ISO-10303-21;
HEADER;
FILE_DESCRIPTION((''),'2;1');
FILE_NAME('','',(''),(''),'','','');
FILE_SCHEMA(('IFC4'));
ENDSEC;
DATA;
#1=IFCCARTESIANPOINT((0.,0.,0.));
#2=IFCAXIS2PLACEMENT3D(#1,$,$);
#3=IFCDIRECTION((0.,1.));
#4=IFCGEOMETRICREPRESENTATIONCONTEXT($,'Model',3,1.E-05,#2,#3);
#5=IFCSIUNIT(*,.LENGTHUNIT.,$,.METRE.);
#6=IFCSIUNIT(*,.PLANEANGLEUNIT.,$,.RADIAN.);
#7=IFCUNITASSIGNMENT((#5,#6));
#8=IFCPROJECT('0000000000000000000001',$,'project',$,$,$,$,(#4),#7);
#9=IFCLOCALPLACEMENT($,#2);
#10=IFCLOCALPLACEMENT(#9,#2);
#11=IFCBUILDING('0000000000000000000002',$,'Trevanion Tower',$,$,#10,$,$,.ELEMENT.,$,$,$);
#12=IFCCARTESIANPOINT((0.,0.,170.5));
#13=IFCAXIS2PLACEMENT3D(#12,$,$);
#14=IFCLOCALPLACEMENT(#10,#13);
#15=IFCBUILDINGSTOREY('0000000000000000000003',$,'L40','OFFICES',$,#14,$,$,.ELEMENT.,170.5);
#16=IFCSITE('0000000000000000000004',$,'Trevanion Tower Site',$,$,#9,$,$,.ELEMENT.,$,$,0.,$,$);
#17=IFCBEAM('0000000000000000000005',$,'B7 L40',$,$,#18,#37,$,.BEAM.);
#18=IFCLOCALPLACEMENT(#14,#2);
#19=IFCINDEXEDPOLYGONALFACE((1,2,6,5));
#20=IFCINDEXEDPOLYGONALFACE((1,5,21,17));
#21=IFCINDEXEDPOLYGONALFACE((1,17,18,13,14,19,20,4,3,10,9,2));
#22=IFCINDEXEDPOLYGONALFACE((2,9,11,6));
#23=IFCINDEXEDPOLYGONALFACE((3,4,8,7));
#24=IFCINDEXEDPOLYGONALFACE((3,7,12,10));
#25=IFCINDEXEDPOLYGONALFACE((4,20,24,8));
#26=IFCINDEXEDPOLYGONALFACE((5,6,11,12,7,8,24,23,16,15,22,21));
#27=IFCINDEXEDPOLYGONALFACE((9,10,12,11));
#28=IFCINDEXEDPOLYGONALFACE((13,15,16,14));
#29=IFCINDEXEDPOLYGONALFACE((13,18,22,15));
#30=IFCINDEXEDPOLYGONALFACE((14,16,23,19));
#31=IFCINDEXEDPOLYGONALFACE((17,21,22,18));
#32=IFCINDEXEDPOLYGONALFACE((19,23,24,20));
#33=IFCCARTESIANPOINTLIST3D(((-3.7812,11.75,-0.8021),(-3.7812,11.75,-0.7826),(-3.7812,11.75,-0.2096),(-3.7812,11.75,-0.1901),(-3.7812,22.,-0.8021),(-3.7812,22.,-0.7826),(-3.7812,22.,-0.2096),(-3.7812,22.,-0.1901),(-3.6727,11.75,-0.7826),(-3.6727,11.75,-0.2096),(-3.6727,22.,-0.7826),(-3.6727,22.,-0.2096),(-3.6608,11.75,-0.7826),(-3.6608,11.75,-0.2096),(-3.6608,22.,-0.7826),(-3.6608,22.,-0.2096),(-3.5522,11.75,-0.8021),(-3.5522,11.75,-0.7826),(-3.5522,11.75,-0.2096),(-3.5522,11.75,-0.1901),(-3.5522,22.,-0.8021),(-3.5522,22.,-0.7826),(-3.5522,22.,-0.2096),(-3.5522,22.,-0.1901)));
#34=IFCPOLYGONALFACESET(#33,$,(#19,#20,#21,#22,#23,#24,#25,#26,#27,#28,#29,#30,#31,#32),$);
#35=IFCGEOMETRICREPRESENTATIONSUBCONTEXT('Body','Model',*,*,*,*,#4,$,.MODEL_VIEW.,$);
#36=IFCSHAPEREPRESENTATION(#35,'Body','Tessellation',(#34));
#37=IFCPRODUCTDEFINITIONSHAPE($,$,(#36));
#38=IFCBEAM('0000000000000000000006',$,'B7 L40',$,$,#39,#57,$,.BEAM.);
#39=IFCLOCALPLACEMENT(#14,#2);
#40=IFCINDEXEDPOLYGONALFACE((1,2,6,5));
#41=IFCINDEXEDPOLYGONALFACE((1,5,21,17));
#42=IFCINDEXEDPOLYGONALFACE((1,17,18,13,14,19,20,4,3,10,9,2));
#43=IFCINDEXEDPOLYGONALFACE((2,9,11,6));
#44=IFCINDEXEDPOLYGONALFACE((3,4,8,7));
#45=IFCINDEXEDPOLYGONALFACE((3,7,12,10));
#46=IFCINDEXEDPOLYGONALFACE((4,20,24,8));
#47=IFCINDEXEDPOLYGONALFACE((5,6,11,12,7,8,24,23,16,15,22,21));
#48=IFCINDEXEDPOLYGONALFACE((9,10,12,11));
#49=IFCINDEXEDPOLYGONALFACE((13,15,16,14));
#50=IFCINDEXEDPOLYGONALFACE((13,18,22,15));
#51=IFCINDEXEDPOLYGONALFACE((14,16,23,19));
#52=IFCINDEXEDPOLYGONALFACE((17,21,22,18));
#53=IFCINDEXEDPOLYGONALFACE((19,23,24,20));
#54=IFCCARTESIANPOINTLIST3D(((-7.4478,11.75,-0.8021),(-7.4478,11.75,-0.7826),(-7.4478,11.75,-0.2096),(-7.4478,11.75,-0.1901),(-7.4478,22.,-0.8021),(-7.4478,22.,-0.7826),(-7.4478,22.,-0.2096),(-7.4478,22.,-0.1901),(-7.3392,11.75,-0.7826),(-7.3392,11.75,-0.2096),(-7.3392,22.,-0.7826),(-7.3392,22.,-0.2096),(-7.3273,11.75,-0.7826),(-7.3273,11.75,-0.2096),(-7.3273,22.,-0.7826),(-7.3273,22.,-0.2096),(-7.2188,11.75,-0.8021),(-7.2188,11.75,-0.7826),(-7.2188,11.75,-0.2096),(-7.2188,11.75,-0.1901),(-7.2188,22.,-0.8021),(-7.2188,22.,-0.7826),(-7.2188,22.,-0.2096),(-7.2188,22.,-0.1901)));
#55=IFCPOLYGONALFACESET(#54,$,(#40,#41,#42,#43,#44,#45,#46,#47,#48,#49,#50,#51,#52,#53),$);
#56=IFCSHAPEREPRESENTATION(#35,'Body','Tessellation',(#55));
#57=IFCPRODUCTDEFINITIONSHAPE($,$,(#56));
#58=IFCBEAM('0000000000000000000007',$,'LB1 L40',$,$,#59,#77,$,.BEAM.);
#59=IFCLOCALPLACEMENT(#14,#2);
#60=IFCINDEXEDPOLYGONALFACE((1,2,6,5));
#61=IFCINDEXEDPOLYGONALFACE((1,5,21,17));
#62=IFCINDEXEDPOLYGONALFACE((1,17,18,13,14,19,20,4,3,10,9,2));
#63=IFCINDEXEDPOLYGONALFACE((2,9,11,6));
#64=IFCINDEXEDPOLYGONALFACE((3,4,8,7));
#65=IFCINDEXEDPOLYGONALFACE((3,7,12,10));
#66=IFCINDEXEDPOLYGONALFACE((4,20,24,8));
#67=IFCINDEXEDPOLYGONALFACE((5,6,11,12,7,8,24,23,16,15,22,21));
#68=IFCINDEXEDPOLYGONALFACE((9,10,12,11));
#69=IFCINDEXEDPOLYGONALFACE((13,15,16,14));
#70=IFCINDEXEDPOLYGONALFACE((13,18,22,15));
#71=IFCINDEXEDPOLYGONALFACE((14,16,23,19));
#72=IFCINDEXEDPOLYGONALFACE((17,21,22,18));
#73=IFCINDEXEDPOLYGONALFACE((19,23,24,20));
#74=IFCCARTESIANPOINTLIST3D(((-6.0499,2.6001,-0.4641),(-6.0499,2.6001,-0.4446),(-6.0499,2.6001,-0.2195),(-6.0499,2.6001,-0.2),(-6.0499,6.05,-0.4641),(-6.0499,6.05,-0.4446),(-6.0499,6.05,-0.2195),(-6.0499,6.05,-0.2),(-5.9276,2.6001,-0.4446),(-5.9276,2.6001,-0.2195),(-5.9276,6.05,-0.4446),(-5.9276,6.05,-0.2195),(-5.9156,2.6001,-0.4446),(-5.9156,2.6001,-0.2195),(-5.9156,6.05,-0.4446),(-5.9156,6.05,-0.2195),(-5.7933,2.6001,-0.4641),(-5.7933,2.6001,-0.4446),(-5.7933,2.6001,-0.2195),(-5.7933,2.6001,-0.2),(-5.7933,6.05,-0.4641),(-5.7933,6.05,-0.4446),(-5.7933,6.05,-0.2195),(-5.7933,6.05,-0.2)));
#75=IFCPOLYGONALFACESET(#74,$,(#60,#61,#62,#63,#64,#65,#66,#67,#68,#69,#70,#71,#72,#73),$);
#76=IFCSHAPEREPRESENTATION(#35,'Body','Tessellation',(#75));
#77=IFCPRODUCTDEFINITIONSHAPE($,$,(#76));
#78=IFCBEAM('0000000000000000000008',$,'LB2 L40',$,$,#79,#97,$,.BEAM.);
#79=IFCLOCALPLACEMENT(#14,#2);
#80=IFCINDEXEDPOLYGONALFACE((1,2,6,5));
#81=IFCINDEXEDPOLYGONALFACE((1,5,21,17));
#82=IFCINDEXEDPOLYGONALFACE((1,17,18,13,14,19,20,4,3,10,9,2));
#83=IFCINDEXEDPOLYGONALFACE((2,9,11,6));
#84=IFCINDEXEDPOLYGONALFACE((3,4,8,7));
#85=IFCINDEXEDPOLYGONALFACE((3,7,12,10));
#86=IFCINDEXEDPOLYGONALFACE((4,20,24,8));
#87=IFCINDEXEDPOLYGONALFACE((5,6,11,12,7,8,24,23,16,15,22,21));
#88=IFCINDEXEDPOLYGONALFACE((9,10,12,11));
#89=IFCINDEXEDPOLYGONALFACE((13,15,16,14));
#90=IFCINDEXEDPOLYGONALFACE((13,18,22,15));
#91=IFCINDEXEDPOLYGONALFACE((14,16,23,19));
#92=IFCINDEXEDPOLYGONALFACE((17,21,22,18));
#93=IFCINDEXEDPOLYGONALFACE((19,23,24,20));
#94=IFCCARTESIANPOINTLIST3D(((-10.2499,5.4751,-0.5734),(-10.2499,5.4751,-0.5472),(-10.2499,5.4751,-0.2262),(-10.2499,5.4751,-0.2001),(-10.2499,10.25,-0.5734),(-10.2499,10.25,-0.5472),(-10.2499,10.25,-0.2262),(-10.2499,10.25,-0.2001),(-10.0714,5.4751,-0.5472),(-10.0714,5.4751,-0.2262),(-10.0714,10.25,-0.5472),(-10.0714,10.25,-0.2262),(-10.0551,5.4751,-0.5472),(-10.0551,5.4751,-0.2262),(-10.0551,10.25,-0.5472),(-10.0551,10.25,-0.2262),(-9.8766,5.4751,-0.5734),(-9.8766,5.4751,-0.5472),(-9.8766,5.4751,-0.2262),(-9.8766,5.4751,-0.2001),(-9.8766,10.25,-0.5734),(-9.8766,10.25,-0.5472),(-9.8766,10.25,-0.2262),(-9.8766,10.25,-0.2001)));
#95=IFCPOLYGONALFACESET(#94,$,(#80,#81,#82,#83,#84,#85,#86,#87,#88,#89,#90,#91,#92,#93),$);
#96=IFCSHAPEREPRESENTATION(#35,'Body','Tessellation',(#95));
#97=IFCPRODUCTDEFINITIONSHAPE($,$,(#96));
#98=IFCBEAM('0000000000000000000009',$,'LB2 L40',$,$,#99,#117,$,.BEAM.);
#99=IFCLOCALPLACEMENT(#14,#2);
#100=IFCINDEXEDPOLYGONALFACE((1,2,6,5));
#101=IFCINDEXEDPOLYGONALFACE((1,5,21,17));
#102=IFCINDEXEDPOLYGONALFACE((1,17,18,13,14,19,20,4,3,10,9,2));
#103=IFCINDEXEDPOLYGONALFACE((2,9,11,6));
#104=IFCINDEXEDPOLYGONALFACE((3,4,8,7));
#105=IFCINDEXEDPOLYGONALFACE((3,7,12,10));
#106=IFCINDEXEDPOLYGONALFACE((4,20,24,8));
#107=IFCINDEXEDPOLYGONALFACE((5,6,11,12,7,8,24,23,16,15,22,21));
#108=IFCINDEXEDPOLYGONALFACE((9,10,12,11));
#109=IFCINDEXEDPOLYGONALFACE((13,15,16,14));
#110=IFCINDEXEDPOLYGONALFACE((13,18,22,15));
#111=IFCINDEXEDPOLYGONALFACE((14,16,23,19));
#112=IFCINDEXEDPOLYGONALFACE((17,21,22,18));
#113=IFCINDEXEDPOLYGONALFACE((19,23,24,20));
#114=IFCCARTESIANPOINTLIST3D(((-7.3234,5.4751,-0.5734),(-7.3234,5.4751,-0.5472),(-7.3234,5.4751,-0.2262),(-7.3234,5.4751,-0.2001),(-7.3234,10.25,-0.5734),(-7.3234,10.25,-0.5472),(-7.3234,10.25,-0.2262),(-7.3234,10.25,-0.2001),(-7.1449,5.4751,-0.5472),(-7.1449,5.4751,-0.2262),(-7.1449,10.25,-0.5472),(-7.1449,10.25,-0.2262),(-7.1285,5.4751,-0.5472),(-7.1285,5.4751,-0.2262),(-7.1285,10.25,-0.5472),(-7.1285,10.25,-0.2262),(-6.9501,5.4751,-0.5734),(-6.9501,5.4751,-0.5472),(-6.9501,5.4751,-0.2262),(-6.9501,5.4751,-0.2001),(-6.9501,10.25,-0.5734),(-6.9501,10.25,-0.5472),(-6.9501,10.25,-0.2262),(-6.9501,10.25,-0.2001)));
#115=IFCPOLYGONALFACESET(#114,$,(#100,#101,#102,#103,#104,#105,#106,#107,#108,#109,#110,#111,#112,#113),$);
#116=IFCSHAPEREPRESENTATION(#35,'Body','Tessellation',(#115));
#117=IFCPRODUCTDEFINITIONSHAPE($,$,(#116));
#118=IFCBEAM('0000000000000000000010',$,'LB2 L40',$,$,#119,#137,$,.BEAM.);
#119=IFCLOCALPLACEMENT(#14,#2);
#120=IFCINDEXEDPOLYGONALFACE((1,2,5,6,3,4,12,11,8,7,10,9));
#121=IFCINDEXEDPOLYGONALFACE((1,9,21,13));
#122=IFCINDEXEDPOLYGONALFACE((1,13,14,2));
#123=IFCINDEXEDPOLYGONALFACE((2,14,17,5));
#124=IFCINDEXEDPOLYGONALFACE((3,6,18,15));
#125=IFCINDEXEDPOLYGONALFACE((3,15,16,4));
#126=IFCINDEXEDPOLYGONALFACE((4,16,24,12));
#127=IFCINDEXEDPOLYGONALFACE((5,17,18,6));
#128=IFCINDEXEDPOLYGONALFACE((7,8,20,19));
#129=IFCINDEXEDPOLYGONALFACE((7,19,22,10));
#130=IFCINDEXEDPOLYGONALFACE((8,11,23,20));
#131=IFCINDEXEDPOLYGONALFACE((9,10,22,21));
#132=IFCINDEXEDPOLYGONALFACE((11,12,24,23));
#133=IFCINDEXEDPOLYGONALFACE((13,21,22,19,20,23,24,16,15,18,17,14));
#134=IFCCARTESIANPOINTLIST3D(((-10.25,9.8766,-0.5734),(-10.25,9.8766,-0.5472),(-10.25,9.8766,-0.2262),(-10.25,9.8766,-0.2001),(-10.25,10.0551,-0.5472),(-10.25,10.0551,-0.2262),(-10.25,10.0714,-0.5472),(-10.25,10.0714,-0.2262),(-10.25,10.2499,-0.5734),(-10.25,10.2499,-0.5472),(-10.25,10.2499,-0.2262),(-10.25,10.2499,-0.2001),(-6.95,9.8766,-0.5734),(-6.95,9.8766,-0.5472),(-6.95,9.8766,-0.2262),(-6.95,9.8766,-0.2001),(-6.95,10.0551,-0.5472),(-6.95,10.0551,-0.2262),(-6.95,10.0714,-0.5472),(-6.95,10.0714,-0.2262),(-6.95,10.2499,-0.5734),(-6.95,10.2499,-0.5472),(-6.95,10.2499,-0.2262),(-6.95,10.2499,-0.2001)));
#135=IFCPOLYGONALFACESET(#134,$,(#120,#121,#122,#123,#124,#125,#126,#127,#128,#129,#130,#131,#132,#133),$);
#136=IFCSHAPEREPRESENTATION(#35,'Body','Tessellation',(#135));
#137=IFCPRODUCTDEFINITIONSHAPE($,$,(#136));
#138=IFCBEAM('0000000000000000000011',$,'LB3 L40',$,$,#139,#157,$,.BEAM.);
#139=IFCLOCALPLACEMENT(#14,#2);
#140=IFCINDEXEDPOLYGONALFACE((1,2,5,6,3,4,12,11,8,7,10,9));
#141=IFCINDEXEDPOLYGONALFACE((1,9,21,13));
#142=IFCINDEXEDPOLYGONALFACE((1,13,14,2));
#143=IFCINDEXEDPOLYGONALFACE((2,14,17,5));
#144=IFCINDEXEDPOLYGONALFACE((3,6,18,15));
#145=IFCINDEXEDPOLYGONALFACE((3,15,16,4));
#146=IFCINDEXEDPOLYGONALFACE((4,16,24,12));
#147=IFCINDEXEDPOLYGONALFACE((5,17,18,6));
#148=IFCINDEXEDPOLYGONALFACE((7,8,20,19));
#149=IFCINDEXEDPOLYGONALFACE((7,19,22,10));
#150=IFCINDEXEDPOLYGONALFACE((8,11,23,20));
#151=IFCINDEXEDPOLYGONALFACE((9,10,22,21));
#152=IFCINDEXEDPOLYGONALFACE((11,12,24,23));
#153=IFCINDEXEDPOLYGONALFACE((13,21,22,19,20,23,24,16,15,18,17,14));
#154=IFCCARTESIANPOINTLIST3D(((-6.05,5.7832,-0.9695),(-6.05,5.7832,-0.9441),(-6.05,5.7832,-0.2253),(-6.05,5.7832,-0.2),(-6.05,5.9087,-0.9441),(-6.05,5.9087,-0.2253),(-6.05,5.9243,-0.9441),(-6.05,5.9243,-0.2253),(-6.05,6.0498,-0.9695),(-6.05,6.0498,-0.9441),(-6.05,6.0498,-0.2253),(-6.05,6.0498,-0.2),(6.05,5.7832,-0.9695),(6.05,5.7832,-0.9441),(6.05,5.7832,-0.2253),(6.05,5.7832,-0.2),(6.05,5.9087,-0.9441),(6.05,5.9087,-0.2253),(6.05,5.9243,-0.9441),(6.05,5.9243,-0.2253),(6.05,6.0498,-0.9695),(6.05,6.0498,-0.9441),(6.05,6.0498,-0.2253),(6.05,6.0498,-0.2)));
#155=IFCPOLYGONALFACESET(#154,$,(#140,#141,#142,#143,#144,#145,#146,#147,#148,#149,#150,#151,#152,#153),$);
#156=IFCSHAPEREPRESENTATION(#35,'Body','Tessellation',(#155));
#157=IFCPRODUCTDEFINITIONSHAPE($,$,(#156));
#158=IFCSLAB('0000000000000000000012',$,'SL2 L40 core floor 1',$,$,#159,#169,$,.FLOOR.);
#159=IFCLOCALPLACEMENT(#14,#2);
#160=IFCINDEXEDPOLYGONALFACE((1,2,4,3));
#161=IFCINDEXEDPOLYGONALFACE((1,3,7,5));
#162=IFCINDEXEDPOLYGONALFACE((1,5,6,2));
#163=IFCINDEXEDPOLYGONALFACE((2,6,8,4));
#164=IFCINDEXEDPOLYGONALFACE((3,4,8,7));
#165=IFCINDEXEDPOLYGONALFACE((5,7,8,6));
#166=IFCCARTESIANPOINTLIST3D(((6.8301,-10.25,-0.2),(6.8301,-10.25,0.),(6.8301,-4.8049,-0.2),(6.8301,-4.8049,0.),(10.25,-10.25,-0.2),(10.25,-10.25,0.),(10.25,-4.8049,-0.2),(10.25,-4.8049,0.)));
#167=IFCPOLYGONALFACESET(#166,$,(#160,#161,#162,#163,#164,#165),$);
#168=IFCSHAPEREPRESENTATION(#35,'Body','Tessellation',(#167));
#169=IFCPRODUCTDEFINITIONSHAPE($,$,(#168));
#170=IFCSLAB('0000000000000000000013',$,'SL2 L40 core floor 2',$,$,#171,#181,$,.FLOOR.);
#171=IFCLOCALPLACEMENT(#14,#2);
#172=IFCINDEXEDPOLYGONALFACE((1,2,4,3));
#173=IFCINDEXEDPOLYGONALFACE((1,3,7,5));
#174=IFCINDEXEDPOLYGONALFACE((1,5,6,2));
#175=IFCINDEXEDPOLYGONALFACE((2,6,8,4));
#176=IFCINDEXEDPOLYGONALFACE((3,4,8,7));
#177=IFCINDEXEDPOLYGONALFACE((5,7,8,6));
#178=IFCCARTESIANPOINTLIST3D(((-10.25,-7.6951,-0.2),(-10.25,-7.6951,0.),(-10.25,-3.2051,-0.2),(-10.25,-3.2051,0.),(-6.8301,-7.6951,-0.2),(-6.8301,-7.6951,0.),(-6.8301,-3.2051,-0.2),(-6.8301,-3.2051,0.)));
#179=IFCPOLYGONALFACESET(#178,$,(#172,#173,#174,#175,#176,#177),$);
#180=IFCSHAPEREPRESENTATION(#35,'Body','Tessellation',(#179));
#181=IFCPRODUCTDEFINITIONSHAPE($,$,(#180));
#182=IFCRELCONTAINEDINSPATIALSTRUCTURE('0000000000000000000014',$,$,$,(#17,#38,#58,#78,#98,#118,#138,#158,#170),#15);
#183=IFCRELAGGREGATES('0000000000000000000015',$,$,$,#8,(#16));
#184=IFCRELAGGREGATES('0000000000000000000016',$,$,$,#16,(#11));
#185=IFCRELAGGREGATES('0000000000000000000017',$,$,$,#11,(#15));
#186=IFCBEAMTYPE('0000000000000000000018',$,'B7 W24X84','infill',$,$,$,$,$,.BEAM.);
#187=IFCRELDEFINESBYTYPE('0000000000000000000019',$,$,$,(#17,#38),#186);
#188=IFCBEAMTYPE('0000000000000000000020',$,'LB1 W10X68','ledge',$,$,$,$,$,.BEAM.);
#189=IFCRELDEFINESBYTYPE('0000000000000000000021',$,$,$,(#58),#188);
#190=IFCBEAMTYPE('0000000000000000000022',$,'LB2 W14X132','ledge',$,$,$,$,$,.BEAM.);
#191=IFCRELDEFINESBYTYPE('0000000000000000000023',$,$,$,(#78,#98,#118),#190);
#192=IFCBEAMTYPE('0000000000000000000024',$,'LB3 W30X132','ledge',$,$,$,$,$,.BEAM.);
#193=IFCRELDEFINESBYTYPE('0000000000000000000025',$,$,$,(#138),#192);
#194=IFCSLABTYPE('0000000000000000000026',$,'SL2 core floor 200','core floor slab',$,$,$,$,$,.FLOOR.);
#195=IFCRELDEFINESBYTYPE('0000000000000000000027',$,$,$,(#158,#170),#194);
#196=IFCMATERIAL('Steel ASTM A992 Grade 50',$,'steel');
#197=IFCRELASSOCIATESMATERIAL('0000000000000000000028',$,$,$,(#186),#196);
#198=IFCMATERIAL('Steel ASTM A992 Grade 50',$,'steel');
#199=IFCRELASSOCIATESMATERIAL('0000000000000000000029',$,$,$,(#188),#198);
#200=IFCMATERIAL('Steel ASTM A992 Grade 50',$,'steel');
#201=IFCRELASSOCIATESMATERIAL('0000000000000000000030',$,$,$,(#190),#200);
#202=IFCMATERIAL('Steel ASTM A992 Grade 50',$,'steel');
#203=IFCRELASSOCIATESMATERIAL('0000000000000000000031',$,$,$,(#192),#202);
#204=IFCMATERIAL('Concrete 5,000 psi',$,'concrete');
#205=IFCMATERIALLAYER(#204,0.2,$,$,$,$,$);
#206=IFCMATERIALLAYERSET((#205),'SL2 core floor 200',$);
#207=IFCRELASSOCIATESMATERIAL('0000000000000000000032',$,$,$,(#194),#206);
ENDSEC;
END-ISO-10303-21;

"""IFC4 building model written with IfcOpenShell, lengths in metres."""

from ifc_helpers import new_model, si_unit, direction, frame, origin, origin_2d, place, context, subcontext, project, spatial, polyline, i_section, outline, extrude, material, layer, layer_set, material_profile, profile_set, type_object, element, save


model = new_model("IFC4")

# Units and contexts
model_context = context("Model", 3, precision=1e-05, world=origin(), true_north=direction((0.0, 1.0)))
body_context = subcontext(model_context, "Body", "Model", "MODEL_VIEW")
ifc_project = project(units=[si_unit("LENGTHUNIT", "METRE"), si_unit("PLANEANGLEUNIT", "RADIAN")], contexts=[model_context])

# Site, building, storey
site_placement = place(None, origin())
site = spatial("IfcSite", under=ifc_project, at=site_placement, Name="Trevanion Tower Site", CompositionType="ELEMENT", RefElevation=0.0)
building_placement = place(site_placement, origin())
building = spatial("IfcBuilding", under=site, at=building_placement, Name="Trevanion Tower", CompositionType="ELEMENT")
storey_placement = place(building_placement, frame((0.0, 0.0, 170.5)))
storey = spatial("IfcBuildingStorey", under=building, at=storey_placement, Name="L40", Description="OFFICES", CompositionType="ELEMENT", Elevation=170.5)

# Beams
ifc_material_1 = material(Name="Steel ASTM A992 Grade 50", Category="steel")
ifc_material_profile_1 = material_profile(ifc_material_1, i_section(OverallWidth=0.229, OverallDepth=0.6121, WebThickness=0.012, FlangeThickness=0.0195, at=origin_2d()), Name="W24X84")
ifc_profile_set_1 = profile_set([ifc_material_profile_1], Name="Steel ASTM A992 Grade 50")
beam_type_1 = type_object("IfcBeamType", Name="B7 W24X84", Description="infill", PredefinedType="BEAM", material=ifc_profile_set_1)
for number, where, z_axis, x_axis, name in (
    (1, (-3.6667, 11.75, -0.4961), (0.0, 1.0, 0.0), (-1.0, 0.0, 0.0), "B7 L40"),
    (2, (-7.3333, 11.75, -0.4961), (0.0, 1.0, 0.0), (-1.0, 0.0, 0.0), "B7 L40"),
):
    element("IfcBeam", number, at=place(storey_placement, frame(where, z_axis=z_axis, x_axis=x_axis)), inside=storey, type_object=beam_type_1, Name=name, PredefinedType="BEAM", context=body_context, shape_type="SweptSolid", body=[
        extrude(i_section(OverallWidth=0.229, OverallDepth=0.6121, WebThickness=0.012, FlangeThickness=0.0195, at=origin_2d()), origin(), (0.0, 0.0, 1.0), 10.25),
    ])
ifc_material_2 = material(Name="Steel ASTM A992 Grade 50", Category="steel")
ifc_material_profile_2 = material_profile(ifc_material_2, i_section(OverallWidth=0.2566, OverallDepth=0.2642, WebThickness=0.012, FlangeThickness=0.0195, at=origin_2d()), Name="W10X68")
ifc_profile_set_2 = profile_set([ifc_material_profile_2], Name="Steel ASTM A992 Grade 50")
beam_type_2 = type_object("IfcBeamType", Name="LB1 W10X68", Description="ledge", PredefinedType="BEAM", material=ifc_profile_set_2)
beam_1_placement = place(storey_placement, frame((-5.9216, 2.6001, -0.332), z_axis=(0.0, 1.0, 0.0), x_axis=(-1.0, 0.0, 0.0)))
element("IfcBeam", 3, at=beam_1_placement, inside=storey, type_object=beam_type_2, Name="LB1 L40", PredefinedType="BEAM", context=body_context, shape_type="SweptSolid", body=[
    extrude(i_section(OverallWidth=0.2566, OverallDepth=0.2642, WebThickness=0.012, FlangeThickness=0.0195, at=origin_2d()), origin(), (0.0, 0.0, 1.0), 3.45),
])
ifc_material_3 = material(Name="Steel ASTM A992 Grade 50", Category="steel")
ifc_material_profile_3 = material_profile(ifc_material_3, i_section(OverallWidth=0.3733, OverallDepth=0.3733, WebThickness=0.0164, FlangeThickness=0.0261, at=origin_2d()), Name="W14X132")
ifc_profile_set_3 = profile_set([ifc_material_profile_3], Name="Steel ASTM A992 Grade 50")
beam_type_3 = type_object("IfcBeamType", Name="LB2 W14X132", Description="ledge", PredefinedType="BEAM", material=ifc_profile_set_3)
for number, where, z_axis, x_axis, name in (
    (4, (-10.0632, 5.4751, -0.3867), (0.0, 1.0, 0.0), (-1.0, 0.0, 0.0), "LB2 L40"),
    (5, (-7.1367, 5.4751, -0.3867), (0.0, 1.0, 0.0), (-1.0, 0.0, 0.0), "LB2 L40"),
):
    element("IfcBeam", number, at=place(storey_placement, frame(where, z_axis=z_axis, x_axis=x_axis)), inside=storey, type_object=beam_type_3, Name=name, PredefinedType="BEAM", context=body_context, shape_type="SweptSolid", body=[
        extrude(i_section(OverallWidth=0.3733, OverallDepth=0.3733, WebThickness=0.0164, FlangeThickness=0.0261, at=origin_2d()), origin(), (0.0, 0.0, 1.0), 4.7749),
    ])
beam_2_placement = place(storey_placement, frame((-10.25, 10.0632, -0.3867), z_axis=(1.0, 0.0, 0.0), x_axis=(0.0, 1.0, 0.0)))
element("IfcBeam", 6, at=beam_2_placement, inside=storey, type_object=beam_type_3, Name="LB2 L40", PredefinedType="BEAM", context=body_context, shape_type="SweptSolid", body=[
    extrude(i_section(OverallWidth=0.3733, OverallDepth=0.3733, WebThickness=0.0164, FlangeThickness=0.0261, at=origin_2d()), origin(), (0.0, 0.0, 1.0), 3.3),
])
ifc_material_4 = material(Name="Steel ASTM A992 Grade 50", Category="steel")
ifc_material_profile_4 = material_profile(ifc_material_4, i_section(OverallWidth=0.2666, OverallDepth=0.7695, WebThickness=0.0156, FlangeThickness=0.0254, at=origin_2d()), Name="W30X132")
ifc_profile_set_4 = profile_set([ifc_material_profile_4], Name="Steel ASTM A992 Grade 50")
beam_type_4 = type_object("IfcBeamType", Name="LB3 W30X132", Description="ledge", PredefinedType="BEAM", material=ifc_profile_set_4)
beam_3_placement = place(storey_placement, frame((-6.05, 5.9165, -0.5847), z_axis=(1.0, 0.0, 0.0), x_axis=(0.0, 1.0, 0.0)))
element("IfcBeam", 7, at=beam_3_placement, inside=storey, type_object=beam_type_4, Name="LB3 L40", PredefinedType="BEAM", context=body_context, shape_type="SweptSolid", body=[
    extrude(i_section(OverallWidth=0.2666, OverallDepth=0.7695, WebThickness=0.0156, FlangeThickness=0.0254, at=origin_2d()), origin(), (0.0, 0.0, 1.0), 12.1001),
])

# Slabs
ifc_material_5 = material(Name="Concrete 5,000 psi", Category="concrete")
ifc_layer_1 = layer(ifc_material_5, 0.2)
ifc_layer_set_1 = layer_set([ifc_layer_1], Name="SL2 core floor 200")
slab_type_1 = type_object("IfcSlabType", Name="SL2 core floor 200", Description="core floor slab", PredefinedType="FLOOR", material=ifc_layer_set_1)
slab_1_placement = place(storey_placement, frame((0.0, 0.0, -0.2)))
element("IfcSlab", 8, at=slab_1_placement, inside=storey, type_object=slab_type_1, Name="SL2 L40 core floor 1", PredefinedType="FLOOR", context=body_context, shape_type="SweptSolid", body=[
    extrude(outline(polyline([(10.25, -4.8049), (10.25, -10.25), (6.8301, -10.25), (6.8301, -4.8049), (10.25, -4.8049)])), origin(), (0.0, 0.0, 1.0), 0.2),
])
slab_2_placement = place(storey_placement, frame((0.0, 0.0, -0.2)))
element("IfcSlab", 9, at=slab_2_placement, inside=storey, type_object=slab_type_1, Name="SL2 L40 core floor 2", PredefinedType="FLOOR", context=body_context, shape_type="SweptSolid", body=[
    extrude(outline(polyline([(-6.8301, -3.2051), (-6.8301, -7.6951), (-10.25, -7.6951), (-10.25, -3.2051), (-6.8301, -3.2051)])), origin(), (0.0, 0.0, 1.0), 0.2),
])

save(model, "model.ifc")
